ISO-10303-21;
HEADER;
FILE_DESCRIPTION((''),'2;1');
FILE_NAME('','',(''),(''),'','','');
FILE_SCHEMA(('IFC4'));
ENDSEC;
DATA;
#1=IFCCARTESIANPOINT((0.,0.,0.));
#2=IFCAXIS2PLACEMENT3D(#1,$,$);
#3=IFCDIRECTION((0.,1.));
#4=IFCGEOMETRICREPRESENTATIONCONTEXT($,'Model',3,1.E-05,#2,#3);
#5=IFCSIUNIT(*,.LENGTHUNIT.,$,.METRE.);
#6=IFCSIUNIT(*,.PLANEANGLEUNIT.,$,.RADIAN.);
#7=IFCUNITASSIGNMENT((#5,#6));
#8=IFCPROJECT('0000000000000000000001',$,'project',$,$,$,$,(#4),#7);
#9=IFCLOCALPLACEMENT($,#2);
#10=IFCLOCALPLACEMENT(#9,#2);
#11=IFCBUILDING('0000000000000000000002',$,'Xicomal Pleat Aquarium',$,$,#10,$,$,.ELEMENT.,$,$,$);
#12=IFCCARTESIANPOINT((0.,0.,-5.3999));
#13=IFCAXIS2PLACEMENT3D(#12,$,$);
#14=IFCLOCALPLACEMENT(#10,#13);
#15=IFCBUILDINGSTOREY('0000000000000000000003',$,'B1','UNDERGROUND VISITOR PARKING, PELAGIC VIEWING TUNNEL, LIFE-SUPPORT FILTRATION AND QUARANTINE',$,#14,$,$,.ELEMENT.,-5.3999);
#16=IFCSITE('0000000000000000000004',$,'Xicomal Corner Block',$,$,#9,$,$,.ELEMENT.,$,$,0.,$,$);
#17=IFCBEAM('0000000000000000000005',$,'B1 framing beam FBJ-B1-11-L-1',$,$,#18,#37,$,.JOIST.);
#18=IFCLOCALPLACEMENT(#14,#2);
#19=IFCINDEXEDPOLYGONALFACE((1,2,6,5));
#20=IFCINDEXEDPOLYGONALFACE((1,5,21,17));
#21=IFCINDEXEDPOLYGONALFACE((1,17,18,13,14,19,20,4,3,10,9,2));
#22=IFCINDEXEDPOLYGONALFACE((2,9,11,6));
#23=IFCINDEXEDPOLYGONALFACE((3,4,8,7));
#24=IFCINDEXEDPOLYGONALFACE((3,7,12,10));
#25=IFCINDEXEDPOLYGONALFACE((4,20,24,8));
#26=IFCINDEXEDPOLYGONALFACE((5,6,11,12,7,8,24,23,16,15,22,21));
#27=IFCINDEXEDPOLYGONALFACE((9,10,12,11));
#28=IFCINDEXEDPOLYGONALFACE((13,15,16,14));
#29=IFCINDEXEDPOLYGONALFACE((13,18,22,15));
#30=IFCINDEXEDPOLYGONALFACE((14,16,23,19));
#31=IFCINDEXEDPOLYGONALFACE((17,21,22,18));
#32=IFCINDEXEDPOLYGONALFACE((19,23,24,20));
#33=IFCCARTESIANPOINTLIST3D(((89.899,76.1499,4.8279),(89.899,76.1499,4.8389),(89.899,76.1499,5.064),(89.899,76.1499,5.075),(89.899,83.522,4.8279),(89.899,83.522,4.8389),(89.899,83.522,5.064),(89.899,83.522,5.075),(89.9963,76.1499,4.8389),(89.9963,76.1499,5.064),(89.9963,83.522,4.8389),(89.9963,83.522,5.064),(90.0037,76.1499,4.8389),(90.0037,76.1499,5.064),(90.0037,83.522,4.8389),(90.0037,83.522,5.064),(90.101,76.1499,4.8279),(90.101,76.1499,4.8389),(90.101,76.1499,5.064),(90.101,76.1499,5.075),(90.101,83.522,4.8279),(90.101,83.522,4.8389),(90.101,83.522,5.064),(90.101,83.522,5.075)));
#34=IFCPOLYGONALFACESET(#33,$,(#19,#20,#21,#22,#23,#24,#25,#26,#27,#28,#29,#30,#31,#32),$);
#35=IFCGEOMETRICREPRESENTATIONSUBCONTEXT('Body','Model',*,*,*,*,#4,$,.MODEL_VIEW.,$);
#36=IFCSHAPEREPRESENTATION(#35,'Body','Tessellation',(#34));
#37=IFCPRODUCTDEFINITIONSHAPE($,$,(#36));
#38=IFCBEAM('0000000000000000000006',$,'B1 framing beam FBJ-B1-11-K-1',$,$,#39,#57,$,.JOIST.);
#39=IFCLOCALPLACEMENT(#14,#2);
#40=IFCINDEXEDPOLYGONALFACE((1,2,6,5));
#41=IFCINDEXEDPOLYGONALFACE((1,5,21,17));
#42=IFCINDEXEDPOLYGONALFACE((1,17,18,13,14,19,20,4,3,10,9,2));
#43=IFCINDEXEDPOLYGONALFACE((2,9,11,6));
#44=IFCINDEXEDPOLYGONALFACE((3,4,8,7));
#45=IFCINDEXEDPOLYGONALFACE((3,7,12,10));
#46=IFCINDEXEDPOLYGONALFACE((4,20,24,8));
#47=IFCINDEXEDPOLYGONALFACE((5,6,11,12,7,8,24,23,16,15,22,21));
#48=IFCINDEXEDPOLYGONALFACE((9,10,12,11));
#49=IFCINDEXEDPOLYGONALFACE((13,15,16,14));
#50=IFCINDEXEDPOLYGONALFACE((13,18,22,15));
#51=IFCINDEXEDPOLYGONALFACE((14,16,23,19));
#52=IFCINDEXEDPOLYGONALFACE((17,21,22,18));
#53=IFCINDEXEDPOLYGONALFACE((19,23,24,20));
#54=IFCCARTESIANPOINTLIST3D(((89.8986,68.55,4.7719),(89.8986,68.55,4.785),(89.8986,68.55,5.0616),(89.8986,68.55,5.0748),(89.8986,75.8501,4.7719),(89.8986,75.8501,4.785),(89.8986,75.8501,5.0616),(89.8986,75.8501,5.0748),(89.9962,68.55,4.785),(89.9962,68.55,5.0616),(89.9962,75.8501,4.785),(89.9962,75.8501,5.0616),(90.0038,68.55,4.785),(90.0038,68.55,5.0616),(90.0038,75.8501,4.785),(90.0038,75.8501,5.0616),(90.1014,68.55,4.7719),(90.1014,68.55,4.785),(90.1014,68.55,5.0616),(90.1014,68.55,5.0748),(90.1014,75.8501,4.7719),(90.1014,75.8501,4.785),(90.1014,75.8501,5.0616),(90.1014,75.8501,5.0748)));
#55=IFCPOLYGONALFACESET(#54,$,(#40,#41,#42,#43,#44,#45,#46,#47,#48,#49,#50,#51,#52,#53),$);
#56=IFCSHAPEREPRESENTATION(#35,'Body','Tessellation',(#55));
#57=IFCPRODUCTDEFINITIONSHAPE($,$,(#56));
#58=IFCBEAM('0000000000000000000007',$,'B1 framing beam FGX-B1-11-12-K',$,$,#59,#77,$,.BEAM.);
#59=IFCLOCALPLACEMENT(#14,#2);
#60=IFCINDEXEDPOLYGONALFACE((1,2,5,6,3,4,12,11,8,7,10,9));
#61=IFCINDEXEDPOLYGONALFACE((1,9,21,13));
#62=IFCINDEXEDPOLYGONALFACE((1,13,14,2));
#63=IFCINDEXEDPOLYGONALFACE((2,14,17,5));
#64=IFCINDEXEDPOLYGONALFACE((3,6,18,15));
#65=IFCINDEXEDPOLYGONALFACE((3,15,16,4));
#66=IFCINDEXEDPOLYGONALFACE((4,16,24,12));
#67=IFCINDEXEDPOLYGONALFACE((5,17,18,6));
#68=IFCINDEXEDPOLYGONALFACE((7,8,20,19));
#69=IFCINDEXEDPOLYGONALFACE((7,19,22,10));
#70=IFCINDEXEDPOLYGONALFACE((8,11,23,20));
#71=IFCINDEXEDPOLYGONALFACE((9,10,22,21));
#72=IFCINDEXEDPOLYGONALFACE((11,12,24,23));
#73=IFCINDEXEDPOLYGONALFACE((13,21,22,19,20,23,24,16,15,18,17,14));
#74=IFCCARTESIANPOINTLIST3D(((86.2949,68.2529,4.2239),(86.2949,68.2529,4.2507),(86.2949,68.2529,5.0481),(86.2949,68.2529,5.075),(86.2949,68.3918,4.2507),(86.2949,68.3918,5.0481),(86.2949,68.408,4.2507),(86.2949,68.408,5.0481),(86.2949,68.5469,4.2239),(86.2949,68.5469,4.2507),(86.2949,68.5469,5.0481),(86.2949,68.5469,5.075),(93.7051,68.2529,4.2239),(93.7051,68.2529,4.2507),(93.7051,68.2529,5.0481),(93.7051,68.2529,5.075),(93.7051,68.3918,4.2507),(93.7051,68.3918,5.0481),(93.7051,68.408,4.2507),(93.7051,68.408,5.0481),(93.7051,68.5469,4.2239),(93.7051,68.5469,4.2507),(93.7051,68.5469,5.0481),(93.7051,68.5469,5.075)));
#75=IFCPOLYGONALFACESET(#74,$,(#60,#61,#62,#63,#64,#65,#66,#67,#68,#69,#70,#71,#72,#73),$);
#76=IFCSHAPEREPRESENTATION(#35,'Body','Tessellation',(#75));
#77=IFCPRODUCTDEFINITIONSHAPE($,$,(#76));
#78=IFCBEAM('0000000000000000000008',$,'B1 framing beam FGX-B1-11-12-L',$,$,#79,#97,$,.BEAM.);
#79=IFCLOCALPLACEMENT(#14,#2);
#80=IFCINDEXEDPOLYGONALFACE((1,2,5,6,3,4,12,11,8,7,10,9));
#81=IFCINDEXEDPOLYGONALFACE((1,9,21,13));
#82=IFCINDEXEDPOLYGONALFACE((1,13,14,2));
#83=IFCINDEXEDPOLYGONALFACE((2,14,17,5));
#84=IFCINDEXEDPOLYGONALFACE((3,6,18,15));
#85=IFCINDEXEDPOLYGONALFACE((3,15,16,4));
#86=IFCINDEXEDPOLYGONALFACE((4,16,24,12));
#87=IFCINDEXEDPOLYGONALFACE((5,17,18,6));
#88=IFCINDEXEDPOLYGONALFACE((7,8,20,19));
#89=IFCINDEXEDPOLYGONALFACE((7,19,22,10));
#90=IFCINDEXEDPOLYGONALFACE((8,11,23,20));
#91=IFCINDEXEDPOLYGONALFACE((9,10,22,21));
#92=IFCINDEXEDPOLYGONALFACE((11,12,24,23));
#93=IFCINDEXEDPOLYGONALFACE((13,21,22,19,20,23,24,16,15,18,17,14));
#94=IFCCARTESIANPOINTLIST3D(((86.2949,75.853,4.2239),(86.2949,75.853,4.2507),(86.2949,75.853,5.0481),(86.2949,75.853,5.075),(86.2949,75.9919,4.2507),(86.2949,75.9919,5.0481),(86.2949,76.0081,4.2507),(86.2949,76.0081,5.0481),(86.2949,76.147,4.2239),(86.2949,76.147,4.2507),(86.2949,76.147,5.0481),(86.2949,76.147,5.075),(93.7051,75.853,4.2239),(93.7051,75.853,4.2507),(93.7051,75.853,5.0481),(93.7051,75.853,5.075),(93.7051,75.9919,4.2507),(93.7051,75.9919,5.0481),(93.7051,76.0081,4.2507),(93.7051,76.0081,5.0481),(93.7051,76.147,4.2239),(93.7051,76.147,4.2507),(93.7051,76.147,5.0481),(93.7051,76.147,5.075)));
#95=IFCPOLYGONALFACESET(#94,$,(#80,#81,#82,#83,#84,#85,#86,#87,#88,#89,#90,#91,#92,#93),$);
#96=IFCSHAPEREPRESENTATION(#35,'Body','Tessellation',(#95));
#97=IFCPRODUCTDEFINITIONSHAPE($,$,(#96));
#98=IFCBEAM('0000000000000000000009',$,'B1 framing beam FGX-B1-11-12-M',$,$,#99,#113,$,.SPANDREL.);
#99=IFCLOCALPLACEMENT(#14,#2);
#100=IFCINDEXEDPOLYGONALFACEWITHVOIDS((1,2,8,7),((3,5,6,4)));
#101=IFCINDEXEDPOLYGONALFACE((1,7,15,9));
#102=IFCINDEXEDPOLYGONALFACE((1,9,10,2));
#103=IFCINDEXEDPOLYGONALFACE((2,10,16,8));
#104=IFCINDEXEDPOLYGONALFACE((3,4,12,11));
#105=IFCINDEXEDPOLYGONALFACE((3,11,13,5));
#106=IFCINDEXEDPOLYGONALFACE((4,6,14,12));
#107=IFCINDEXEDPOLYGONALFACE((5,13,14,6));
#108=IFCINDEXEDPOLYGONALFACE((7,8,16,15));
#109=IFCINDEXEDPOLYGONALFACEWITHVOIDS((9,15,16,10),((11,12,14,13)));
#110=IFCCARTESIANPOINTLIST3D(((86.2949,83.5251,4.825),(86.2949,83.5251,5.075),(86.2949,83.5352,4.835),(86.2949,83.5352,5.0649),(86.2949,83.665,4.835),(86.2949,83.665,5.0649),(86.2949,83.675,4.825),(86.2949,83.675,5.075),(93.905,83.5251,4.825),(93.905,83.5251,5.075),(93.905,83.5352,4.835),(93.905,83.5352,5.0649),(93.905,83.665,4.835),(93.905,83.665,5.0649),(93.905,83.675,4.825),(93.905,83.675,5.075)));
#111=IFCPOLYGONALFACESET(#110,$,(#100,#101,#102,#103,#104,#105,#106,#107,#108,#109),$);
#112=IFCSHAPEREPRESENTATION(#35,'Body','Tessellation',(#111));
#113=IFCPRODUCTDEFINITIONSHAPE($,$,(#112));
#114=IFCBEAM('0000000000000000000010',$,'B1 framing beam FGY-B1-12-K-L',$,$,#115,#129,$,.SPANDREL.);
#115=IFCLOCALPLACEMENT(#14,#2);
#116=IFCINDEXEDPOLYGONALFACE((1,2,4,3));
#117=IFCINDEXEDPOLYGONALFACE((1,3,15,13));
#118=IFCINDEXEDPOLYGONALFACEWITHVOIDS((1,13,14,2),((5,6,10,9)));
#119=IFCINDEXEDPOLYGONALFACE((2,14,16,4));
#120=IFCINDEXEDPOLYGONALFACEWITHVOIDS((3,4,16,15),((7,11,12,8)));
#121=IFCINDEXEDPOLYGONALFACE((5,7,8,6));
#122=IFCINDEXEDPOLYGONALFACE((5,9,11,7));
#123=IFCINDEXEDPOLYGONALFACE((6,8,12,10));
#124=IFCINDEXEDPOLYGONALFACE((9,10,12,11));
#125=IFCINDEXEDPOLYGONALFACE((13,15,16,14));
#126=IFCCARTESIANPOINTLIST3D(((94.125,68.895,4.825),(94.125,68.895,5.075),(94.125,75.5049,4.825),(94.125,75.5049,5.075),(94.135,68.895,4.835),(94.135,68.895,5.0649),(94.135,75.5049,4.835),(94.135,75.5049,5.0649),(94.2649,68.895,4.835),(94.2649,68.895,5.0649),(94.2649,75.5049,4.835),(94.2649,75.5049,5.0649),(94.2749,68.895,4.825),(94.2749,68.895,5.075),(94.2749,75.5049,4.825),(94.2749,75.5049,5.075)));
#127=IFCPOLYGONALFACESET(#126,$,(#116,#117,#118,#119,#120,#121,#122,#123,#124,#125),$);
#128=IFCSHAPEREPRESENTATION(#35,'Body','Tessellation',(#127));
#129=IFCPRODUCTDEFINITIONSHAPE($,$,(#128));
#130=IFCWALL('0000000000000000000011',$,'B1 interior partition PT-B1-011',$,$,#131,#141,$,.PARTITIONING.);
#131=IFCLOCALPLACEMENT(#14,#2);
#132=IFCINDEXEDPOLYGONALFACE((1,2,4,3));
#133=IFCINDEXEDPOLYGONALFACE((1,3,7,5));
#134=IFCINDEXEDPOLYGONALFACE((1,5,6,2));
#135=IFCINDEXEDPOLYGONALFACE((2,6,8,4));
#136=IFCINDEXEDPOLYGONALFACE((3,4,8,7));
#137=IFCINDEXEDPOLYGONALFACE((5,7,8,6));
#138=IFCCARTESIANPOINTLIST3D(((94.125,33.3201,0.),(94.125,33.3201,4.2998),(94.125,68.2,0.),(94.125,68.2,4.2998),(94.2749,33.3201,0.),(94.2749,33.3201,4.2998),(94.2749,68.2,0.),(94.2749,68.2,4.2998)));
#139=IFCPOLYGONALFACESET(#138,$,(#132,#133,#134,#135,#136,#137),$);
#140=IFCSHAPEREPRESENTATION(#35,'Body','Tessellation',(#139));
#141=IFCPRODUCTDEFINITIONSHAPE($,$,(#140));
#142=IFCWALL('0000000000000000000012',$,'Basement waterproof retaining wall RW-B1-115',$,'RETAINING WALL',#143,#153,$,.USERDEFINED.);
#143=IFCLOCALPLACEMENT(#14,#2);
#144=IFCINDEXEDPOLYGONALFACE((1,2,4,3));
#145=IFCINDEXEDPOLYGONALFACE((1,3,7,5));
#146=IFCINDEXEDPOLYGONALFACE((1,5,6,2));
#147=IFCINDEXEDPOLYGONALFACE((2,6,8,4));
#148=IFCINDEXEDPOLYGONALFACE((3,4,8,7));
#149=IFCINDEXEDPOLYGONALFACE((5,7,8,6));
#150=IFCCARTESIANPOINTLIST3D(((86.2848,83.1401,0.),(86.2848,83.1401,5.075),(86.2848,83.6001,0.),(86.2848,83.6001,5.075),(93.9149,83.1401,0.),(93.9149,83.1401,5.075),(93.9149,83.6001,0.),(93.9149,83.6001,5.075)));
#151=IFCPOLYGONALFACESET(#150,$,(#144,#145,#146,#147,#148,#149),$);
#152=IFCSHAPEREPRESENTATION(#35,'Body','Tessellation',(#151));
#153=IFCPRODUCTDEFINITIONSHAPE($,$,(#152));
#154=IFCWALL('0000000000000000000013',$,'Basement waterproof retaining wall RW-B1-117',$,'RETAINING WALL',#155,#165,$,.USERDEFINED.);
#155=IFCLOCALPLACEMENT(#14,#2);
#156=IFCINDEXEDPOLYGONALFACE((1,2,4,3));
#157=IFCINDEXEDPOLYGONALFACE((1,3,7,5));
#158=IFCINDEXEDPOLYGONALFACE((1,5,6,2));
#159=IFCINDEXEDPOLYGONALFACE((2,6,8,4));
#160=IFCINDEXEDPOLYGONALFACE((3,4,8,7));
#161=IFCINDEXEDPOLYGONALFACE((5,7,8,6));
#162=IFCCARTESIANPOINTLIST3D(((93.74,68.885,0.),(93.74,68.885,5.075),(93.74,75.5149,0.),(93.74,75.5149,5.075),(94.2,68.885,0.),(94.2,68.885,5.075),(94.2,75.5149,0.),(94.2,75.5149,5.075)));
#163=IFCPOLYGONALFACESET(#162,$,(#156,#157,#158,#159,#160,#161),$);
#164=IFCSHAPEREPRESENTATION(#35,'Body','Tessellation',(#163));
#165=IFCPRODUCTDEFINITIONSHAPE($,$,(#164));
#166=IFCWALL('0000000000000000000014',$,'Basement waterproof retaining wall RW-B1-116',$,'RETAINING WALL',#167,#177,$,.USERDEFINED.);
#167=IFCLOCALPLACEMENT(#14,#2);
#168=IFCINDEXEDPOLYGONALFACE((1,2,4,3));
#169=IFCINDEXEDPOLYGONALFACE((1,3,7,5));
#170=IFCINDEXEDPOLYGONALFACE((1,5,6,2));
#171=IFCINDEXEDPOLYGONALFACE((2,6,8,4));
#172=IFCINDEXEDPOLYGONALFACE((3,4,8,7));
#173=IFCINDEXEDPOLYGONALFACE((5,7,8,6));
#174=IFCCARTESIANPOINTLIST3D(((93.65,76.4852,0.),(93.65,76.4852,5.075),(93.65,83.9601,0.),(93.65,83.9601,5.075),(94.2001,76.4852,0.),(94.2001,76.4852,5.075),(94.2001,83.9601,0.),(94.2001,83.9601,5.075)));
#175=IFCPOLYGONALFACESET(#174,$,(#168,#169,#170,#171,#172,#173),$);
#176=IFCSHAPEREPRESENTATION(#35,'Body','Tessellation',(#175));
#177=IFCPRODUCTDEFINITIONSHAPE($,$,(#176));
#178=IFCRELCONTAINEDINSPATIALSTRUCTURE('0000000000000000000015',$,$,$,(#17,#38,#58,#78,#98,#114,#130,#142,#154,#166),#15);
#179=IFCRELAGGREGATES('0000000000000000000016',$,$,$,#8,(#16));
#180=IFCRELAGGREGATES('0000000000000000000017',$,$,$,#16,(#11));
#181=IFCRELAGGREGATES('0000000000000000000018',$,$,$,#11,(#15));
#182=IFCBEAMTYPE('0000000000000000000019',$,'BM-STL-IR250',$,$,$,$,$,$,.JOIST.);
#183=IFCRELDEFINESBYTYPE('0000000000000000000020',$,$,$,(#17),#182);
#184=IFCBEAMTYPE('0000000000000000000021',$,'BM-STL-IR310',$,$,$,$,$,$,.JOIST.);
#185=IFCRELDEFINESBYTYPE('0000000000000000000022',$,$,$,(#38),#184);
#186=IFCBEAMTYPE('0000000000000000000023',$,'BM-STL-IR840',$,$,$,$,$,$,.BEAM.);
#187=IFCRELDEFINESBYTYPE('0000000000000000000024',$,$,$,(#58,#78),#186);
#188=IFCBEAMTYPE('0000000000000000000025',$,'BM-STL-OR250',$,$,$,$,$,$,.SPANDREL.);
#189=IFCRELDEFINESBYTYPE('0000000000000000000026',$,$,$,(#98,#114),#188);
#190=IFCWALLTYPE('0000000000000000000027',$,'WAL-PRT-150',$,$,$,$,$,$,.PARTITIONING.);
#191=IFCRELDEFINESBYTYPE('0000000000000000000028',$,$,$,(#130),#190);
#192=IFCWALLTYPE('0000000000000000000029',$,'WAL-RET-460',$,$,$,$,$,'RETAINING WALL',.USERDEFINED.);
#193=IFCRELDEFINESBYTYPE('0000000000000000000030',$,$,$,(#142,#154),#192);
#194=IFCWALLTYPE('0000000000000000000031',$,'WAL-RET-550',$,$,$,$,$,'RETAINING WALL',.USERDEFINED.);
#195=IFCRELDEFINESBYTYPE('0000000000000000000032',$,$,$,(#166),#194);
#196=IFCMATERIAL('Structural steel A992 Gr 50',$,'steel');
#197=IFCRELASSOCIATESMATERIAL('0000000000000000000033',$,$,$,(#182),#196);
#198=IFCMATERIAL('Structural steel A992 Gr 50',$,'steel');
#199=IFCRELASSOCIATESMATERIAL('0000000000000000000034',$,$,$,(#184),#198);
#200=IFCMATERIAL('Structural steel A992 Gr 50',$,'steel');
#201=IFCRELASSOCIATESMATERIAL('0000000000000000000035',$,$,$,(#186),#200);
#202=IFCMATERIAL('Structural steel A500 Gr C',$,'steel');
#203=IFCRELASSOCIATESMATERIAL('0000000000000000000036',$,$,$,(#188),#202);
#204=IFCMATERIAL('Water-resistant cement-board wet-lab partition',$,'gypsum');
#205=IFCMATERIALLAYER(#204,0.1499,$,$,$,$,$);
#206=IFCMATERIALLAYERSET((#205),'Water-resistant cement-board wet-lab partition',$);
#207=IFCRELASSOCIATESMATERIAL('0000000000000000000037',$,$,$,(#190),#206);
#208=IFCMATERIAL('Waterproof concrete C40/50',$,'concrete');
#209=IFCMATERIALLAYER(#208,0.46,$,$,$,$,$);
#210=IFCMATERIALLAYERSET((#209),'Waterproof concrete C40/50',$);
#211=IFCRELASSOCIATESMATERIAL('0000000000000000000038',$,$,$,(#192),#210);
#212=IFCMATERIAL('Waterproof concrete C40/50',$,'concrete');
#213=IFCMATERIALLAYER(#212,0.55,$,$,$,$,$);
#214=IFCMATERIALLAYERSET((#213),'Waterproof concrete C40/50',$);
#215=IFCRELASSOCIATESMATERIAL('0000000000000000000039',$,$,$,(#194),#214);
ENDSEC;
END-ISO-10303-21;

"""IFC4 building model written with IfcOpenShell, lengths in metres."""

from ifc_helpers import new_model, si_unit, direction, frame, frame_2d, origin, origin_2d, place, context, subcontext, project, spatial, rectangle, hollow_rectangle, i_section, extrude, material, layer, layer_set, material_profile, profile_set, type_object, element, save


model = new_model("IFC4")

# Units and contexts
model_context = context("Model", 3, precision=1e-05, world=origin(), true_north=direction((0.0, 1.0)))
body_context = subcontext(model_context, "Body", "Model", "MODEL_VIEW")
ifc_project = project(units=[si_unit("LENGTHUNIT", "METRE"), si_unit("PLANEANGLEUNIT", "RADIAN")], contexts=[model_context])

# Site, building, storey
site_placement = place(None, origin())
site = spatial("IfcSite", under=ifc_project, at=site_placement, Name="Xicomal Corner Block", CompositionType="ELEMENT", RefElevation=0.0)
building_placement = place(site_placement, origin())
building = spatial("IfcBuilding", under=site, at=building_placement, Name="Xicomal Pleat Aquarium", CompositionType="ELEMENT")
storey_placement = place(building_placement, frame((0.0, 0.0, -5.3999)))
storey = spatial("IfcBuildingStorey", under=building, at=storey_placement, Name="B1", Description="UNDERGROUND VISITOR PARKING, PELAGIC VIEWING TUNNEL, LIFE-SUPPORT FILTRATION AND QUARANTINE", CompositionType="ELEMENT", Elevation=-5.3999)

# Beams
ifc_material_1 = material(Name="Structural steel A992 Gr 50", Category="steel")
ifc_material_profile_1 = material_profile(ifc_material_1, i_section(OverallWidth=0.2019, OverallDepth=0.2471, WebThickness=0.0073, FlangeThickness=0.011, at=origin_2d()), Name="IR 250x49")
ifc_profile_set_1 = profile_set([ifc_material_profile_1], Name="Structural steel A992 Gr 50")
beam_type_1 = type_object("IfcBeamType", Name="BM-STL-IR250", PredefinedType="JOIST", material=ifc_profile_set_1)
beam_1_placement = place(storey_placement, frame((90.0, 76.1499, 4.9514), z_axis=(0.0, 1.0, 0.0), x_axis=(-1.0, 0.0, 0.0)))
element("IfcBeam", 1, at=beam_1_placement, inside=storey, type_object=beam_type_1, Name="B1 framing beam FBJ-B1-11-L-1", PredefinedType="JOIST", context=body_context, shape_type="SweptSolid", body=[
    extrude(i_section(OverallWidth=0.2019, OverallDepth=0.2471, WebThickness=0.0073, FlangeThickness=0.011, at=origin_2d()), origin(), (0.0, 0.0, 1.0), 7.3721),
])
ifc_material_2 = material(Name="Structural steel A992 Gr 50", Category="steel")
ifc_material_profile_2 = material_profile(ifc_material_2, i_section(OverallWidth=0.2029, OverallDepth=0.303, WebThickness=0.0076, FlangeThickness=0.0132, at=origin_2d()), Name="IR 310x60")
ifc_profile_set_2 = profile_set([ifc_material_profile_2], Name="Structural steel A992 Gr 50")
beam_type_2 = type_object("IfcBeamType", Name="BM-STL-IR310", PredefinedType="JOIST", material=ifc_profile_set_2)
beam_2_placement = place(storey_placement, frame((90.0, 68.55, 4.9233), z_axis=(0.0, 1.0, 0.0), x_axis=(-1.0, 0.0, 0.0)))
element("IfcBeam", 2, at=beam_2_placement, inside=storey, type_object=beam_type_2, Name="B1 framing beam FBJ-B1-11-K-1", PredefinedType="JOIST", context=body_context, shape_type="SweptSolid", body=[
    extrude(i_section(OverallWidth=0.2029, OverallDepth=0.303, WebThickness=0.0076, FlangeThickness=0.0132, at=origin_2d()), origin(), (0.0, 0.0, 1.0), 7.3),
])
ifc_material_3 = material(Name="Structural steel A992 Gr 50", Category="steel")
ifc_material_profile_3 = material_profile(ifc_material_3, i_section(OverallWidth=0.2939, OverallDepth=0.8511, WebThickness=0.0161, FlangeThickness=0.0269, at=origin_2d()), Name="IR 840x226")
ifc_profile_set_3 = profile_set([ifc_material_profile_3], Name="Structural steel A992 Gr 50")
beam_type_3 = type_object("IfcBeamType", Name="BM-STL-IR840", PredefinedType="BEAM", material=ifc_profile_set_3)
for number, where, z_axis, x_axis, name in (
    (3, (86.2949, 68.3999, 4.6494), (1.0, 0.0, 0.0), (0.0, 1.0, 0.0), "B1 framing beam FGX-B1-11-12-K"),
    (4, (86.2949, 76.0, 4.6494), (1.0, 0.0, 0.0), (0.0, 1.0, 0.0), "B1 framing beam FGX-B1-11-12-L"),
):
    element("IfcBeam", number, at=place(storey_placement, frame(where, z_axis=z_axis, x_axis=x_axis)), inside=storey, type_object=beam_type_3, Name=name, PredefinedType="BEAM", context=body_context, shape_type="SweptSolid", body=[
        extrude(i_section(OverallWidth=0.2939, OverallDepth=0.8511, WebThickness=0.0161, FlangeThickness=0.0269, at=origin_2d()), origin(), (0.0, 0.0, 1.0), 7.4102),
    ])
ifc_material_4 = material(Name="Structural steel A500 Gr C", Category="steel")
ifc_material_profile_4 = material_profile(ifc_material_4, hollow_rectangle(XDim=0.1499, YDim=0.25, WallThickness=0.01, at=origin_2d()), Name="OR 250x150x10")
ifc_profile_set_4 = profile_set([ifc_material_profile_4], Name="Structural steel A500 Gr C")
beam_type_4 = type_object("IfcBeamType", Name="BM-STL-OR250", PredefinedType="SPANDREL", material=ifc_profile_set_4)
beam_3_placement = place(storey_placement, frame((86.2949, 83.6001, 4.95), z_axis=(1.0, 0.0, 0.0), x_axis=(0.0, 1.0, 0.0)))
element("IfcBeam", 5, at=beam_3_placement, inside=storey, type_object=beam_type_4, Name="B1 framing beam FGX-B1-11-12-M", PredefinedType="SPANDREL", context=body_context, shape_type="SweptSolid", body=[
    extrude(hollow_rectangle(XDim=0.1499, YDim=0.25, WallThickness=0.01, at=origin_2d()), origin(), (0.0, 0.0, 1.0), 7.6101),
])
beam_4_placement = place(storey_placement, frame((94.2, 68.895, 4.95), z_axis=(0.0, 1.0, 0.0), x_axis=(-1.0, 0.0, 0.0)))
element("IfcBeam", 6, at=beam_4_placement, inside=storey, type_object=beam_type_4, Name="B1 framing beam FGY-B1-12-K-L", PredefinedType="SPANDREL", context=body_context, shape_type="SweptSolid", body=[
    extrude(hollow_rectangle(XDim=0.1499, YDim=0.25, WallThickness=0.01, at=origin_2d()), origin(), (0.0, 0.0, 1.0), 6.6099),
])

# Walls
ifc_material_5 = material(Name="Water-resistant cement-board wet-lab partition", Category="gypsum")
ifc_layer_1 = layer(ifc_material_5, 0.1499)
ifc_layer_set_1 = layer_set([ifc_layer_1], Name="Water-resistant cement-board wet-lab partition")
wall_type_1 = type_object("IfcWallType", Name="WAL-PRT-150", PredefinedType="PARTITIONING", material=ifc_layer_set_1)
wall_1_placement = place(storey_placement, frame((94.2, 68.2, 0.0), z_axis=(0.0, 0.0, 1.0), x_axis=(0.0, -1.0, 0.0)))
element("IfcWall", 7, at=wall_1_placement, inside=storey, type_object=wall_type_1, Name="B1 interior partition PT-B1-011", PredefinedType="PARTITIONING", context=body_context, shape_type="SweptSolid", body=[
    extrude(rectangle(XDim=34.8799, YDim=0.1499, at=frame_2d((17.4399, 0.0))), origin(), (0.0, 0.0, 1.0), 4.2998),
])
ifc_material_6 = material(Name="Waterproof concrete C40/50", Category="concrete")
ifc_layer_2 = layer(ifc_material_6, 0.46)
ifc_layer_set_2 = layer_set([ifc_layer_2], Name="Waterproof concrete C40/50")
wall_type_2 = type_object("IfcWallType", Name="WAL-RET-460", ElementType="RETAINING WALL", PredefinedType="USERDEFINED", material=ifc_layer_set_2)
wall_2_placement = place(storey_placement, frame((86.2849, 83.3701, 0.0), z_axis=(0.0, 0.0, 1.0), x_axis=(1.0, 0.0, 0.0)))
element("IfcWall", 8, at=wall_2_placement, inside=storey, type_object=wall_type_2, Name="Basement waterproof retaining wall RW-B1-115", ObjectType="RETAINING WALL", PredefinedType="USERDEFINED", context=body_context, shape_type="SweptSolid", body=[
    extrude(rectangle(XDim=7.6301, YDim=0.46, at=frame_2d((3.8149, 0.0))), origin(), (0.0, 0.0, 1.0), 5.075),
])
wall_3_placement = place(storey_placement, frame((93.97, 75.5149, 0.0), z_axis=(0.0, 0.0, 1.0), x_axis=(0.0, -1.0, 0.0)))
element("IfcWall", 9, at=wall_3_placement, inside=storey, type_object=wall_type_2, Name="Basement waterproof retaining wall RW-B1-117", ObjectType="RETAINING WALL", PredefinedType="USERDEFINED", context=body_context, shape_type="SweptSolid", body=[
    extrude(rectangle(XDim=6.6299, YDim=0.46, at=frame_2d((3.3149, 0.0))), origin(), (0.0, 0.0, 1.0), 5.075),
])
ifc_material_7 = material(Name="Waterproof concrete C40/50", Category="concrete")
ifc_layer_3 = layer(ifc_material_7, 0.55)
ifc_layer_set_3 = layer_set([ifc_layer_3], Name="Waterproof concrete C40/50")
wall_type_3 = type_object("IfcWallType", Name="WAL-RET-550", ElementType="RETAINING WALL", PredefinedType="USERDEFINED", material=ifc_layer_set_3)
wall_4_placement = place(storey_placement, frame((93.925, 83.96, 0.0), z_axis=(0.0, 0.0, 1.0), x_axis=(0.0, -1.0, 0.0)))
element("IfcWall", 10, at=wall_4_placement, inside=storey, type_object=wall_type_3, Name="Basement waterproof retaining wall RW-B1-116", ObjectType="RETAINING WALL", PredefinedType="USERDEFINED", context=body_context, shape_type="SweptSolid", body=[
    extrude(rectangle(XDim=7.4749, YDim=0.55, at=frame_2d((3.7373, 0.0))), origin(), (0.0, 0.0, 1.0), 5.075),
])

save(model, "model.ifc")
